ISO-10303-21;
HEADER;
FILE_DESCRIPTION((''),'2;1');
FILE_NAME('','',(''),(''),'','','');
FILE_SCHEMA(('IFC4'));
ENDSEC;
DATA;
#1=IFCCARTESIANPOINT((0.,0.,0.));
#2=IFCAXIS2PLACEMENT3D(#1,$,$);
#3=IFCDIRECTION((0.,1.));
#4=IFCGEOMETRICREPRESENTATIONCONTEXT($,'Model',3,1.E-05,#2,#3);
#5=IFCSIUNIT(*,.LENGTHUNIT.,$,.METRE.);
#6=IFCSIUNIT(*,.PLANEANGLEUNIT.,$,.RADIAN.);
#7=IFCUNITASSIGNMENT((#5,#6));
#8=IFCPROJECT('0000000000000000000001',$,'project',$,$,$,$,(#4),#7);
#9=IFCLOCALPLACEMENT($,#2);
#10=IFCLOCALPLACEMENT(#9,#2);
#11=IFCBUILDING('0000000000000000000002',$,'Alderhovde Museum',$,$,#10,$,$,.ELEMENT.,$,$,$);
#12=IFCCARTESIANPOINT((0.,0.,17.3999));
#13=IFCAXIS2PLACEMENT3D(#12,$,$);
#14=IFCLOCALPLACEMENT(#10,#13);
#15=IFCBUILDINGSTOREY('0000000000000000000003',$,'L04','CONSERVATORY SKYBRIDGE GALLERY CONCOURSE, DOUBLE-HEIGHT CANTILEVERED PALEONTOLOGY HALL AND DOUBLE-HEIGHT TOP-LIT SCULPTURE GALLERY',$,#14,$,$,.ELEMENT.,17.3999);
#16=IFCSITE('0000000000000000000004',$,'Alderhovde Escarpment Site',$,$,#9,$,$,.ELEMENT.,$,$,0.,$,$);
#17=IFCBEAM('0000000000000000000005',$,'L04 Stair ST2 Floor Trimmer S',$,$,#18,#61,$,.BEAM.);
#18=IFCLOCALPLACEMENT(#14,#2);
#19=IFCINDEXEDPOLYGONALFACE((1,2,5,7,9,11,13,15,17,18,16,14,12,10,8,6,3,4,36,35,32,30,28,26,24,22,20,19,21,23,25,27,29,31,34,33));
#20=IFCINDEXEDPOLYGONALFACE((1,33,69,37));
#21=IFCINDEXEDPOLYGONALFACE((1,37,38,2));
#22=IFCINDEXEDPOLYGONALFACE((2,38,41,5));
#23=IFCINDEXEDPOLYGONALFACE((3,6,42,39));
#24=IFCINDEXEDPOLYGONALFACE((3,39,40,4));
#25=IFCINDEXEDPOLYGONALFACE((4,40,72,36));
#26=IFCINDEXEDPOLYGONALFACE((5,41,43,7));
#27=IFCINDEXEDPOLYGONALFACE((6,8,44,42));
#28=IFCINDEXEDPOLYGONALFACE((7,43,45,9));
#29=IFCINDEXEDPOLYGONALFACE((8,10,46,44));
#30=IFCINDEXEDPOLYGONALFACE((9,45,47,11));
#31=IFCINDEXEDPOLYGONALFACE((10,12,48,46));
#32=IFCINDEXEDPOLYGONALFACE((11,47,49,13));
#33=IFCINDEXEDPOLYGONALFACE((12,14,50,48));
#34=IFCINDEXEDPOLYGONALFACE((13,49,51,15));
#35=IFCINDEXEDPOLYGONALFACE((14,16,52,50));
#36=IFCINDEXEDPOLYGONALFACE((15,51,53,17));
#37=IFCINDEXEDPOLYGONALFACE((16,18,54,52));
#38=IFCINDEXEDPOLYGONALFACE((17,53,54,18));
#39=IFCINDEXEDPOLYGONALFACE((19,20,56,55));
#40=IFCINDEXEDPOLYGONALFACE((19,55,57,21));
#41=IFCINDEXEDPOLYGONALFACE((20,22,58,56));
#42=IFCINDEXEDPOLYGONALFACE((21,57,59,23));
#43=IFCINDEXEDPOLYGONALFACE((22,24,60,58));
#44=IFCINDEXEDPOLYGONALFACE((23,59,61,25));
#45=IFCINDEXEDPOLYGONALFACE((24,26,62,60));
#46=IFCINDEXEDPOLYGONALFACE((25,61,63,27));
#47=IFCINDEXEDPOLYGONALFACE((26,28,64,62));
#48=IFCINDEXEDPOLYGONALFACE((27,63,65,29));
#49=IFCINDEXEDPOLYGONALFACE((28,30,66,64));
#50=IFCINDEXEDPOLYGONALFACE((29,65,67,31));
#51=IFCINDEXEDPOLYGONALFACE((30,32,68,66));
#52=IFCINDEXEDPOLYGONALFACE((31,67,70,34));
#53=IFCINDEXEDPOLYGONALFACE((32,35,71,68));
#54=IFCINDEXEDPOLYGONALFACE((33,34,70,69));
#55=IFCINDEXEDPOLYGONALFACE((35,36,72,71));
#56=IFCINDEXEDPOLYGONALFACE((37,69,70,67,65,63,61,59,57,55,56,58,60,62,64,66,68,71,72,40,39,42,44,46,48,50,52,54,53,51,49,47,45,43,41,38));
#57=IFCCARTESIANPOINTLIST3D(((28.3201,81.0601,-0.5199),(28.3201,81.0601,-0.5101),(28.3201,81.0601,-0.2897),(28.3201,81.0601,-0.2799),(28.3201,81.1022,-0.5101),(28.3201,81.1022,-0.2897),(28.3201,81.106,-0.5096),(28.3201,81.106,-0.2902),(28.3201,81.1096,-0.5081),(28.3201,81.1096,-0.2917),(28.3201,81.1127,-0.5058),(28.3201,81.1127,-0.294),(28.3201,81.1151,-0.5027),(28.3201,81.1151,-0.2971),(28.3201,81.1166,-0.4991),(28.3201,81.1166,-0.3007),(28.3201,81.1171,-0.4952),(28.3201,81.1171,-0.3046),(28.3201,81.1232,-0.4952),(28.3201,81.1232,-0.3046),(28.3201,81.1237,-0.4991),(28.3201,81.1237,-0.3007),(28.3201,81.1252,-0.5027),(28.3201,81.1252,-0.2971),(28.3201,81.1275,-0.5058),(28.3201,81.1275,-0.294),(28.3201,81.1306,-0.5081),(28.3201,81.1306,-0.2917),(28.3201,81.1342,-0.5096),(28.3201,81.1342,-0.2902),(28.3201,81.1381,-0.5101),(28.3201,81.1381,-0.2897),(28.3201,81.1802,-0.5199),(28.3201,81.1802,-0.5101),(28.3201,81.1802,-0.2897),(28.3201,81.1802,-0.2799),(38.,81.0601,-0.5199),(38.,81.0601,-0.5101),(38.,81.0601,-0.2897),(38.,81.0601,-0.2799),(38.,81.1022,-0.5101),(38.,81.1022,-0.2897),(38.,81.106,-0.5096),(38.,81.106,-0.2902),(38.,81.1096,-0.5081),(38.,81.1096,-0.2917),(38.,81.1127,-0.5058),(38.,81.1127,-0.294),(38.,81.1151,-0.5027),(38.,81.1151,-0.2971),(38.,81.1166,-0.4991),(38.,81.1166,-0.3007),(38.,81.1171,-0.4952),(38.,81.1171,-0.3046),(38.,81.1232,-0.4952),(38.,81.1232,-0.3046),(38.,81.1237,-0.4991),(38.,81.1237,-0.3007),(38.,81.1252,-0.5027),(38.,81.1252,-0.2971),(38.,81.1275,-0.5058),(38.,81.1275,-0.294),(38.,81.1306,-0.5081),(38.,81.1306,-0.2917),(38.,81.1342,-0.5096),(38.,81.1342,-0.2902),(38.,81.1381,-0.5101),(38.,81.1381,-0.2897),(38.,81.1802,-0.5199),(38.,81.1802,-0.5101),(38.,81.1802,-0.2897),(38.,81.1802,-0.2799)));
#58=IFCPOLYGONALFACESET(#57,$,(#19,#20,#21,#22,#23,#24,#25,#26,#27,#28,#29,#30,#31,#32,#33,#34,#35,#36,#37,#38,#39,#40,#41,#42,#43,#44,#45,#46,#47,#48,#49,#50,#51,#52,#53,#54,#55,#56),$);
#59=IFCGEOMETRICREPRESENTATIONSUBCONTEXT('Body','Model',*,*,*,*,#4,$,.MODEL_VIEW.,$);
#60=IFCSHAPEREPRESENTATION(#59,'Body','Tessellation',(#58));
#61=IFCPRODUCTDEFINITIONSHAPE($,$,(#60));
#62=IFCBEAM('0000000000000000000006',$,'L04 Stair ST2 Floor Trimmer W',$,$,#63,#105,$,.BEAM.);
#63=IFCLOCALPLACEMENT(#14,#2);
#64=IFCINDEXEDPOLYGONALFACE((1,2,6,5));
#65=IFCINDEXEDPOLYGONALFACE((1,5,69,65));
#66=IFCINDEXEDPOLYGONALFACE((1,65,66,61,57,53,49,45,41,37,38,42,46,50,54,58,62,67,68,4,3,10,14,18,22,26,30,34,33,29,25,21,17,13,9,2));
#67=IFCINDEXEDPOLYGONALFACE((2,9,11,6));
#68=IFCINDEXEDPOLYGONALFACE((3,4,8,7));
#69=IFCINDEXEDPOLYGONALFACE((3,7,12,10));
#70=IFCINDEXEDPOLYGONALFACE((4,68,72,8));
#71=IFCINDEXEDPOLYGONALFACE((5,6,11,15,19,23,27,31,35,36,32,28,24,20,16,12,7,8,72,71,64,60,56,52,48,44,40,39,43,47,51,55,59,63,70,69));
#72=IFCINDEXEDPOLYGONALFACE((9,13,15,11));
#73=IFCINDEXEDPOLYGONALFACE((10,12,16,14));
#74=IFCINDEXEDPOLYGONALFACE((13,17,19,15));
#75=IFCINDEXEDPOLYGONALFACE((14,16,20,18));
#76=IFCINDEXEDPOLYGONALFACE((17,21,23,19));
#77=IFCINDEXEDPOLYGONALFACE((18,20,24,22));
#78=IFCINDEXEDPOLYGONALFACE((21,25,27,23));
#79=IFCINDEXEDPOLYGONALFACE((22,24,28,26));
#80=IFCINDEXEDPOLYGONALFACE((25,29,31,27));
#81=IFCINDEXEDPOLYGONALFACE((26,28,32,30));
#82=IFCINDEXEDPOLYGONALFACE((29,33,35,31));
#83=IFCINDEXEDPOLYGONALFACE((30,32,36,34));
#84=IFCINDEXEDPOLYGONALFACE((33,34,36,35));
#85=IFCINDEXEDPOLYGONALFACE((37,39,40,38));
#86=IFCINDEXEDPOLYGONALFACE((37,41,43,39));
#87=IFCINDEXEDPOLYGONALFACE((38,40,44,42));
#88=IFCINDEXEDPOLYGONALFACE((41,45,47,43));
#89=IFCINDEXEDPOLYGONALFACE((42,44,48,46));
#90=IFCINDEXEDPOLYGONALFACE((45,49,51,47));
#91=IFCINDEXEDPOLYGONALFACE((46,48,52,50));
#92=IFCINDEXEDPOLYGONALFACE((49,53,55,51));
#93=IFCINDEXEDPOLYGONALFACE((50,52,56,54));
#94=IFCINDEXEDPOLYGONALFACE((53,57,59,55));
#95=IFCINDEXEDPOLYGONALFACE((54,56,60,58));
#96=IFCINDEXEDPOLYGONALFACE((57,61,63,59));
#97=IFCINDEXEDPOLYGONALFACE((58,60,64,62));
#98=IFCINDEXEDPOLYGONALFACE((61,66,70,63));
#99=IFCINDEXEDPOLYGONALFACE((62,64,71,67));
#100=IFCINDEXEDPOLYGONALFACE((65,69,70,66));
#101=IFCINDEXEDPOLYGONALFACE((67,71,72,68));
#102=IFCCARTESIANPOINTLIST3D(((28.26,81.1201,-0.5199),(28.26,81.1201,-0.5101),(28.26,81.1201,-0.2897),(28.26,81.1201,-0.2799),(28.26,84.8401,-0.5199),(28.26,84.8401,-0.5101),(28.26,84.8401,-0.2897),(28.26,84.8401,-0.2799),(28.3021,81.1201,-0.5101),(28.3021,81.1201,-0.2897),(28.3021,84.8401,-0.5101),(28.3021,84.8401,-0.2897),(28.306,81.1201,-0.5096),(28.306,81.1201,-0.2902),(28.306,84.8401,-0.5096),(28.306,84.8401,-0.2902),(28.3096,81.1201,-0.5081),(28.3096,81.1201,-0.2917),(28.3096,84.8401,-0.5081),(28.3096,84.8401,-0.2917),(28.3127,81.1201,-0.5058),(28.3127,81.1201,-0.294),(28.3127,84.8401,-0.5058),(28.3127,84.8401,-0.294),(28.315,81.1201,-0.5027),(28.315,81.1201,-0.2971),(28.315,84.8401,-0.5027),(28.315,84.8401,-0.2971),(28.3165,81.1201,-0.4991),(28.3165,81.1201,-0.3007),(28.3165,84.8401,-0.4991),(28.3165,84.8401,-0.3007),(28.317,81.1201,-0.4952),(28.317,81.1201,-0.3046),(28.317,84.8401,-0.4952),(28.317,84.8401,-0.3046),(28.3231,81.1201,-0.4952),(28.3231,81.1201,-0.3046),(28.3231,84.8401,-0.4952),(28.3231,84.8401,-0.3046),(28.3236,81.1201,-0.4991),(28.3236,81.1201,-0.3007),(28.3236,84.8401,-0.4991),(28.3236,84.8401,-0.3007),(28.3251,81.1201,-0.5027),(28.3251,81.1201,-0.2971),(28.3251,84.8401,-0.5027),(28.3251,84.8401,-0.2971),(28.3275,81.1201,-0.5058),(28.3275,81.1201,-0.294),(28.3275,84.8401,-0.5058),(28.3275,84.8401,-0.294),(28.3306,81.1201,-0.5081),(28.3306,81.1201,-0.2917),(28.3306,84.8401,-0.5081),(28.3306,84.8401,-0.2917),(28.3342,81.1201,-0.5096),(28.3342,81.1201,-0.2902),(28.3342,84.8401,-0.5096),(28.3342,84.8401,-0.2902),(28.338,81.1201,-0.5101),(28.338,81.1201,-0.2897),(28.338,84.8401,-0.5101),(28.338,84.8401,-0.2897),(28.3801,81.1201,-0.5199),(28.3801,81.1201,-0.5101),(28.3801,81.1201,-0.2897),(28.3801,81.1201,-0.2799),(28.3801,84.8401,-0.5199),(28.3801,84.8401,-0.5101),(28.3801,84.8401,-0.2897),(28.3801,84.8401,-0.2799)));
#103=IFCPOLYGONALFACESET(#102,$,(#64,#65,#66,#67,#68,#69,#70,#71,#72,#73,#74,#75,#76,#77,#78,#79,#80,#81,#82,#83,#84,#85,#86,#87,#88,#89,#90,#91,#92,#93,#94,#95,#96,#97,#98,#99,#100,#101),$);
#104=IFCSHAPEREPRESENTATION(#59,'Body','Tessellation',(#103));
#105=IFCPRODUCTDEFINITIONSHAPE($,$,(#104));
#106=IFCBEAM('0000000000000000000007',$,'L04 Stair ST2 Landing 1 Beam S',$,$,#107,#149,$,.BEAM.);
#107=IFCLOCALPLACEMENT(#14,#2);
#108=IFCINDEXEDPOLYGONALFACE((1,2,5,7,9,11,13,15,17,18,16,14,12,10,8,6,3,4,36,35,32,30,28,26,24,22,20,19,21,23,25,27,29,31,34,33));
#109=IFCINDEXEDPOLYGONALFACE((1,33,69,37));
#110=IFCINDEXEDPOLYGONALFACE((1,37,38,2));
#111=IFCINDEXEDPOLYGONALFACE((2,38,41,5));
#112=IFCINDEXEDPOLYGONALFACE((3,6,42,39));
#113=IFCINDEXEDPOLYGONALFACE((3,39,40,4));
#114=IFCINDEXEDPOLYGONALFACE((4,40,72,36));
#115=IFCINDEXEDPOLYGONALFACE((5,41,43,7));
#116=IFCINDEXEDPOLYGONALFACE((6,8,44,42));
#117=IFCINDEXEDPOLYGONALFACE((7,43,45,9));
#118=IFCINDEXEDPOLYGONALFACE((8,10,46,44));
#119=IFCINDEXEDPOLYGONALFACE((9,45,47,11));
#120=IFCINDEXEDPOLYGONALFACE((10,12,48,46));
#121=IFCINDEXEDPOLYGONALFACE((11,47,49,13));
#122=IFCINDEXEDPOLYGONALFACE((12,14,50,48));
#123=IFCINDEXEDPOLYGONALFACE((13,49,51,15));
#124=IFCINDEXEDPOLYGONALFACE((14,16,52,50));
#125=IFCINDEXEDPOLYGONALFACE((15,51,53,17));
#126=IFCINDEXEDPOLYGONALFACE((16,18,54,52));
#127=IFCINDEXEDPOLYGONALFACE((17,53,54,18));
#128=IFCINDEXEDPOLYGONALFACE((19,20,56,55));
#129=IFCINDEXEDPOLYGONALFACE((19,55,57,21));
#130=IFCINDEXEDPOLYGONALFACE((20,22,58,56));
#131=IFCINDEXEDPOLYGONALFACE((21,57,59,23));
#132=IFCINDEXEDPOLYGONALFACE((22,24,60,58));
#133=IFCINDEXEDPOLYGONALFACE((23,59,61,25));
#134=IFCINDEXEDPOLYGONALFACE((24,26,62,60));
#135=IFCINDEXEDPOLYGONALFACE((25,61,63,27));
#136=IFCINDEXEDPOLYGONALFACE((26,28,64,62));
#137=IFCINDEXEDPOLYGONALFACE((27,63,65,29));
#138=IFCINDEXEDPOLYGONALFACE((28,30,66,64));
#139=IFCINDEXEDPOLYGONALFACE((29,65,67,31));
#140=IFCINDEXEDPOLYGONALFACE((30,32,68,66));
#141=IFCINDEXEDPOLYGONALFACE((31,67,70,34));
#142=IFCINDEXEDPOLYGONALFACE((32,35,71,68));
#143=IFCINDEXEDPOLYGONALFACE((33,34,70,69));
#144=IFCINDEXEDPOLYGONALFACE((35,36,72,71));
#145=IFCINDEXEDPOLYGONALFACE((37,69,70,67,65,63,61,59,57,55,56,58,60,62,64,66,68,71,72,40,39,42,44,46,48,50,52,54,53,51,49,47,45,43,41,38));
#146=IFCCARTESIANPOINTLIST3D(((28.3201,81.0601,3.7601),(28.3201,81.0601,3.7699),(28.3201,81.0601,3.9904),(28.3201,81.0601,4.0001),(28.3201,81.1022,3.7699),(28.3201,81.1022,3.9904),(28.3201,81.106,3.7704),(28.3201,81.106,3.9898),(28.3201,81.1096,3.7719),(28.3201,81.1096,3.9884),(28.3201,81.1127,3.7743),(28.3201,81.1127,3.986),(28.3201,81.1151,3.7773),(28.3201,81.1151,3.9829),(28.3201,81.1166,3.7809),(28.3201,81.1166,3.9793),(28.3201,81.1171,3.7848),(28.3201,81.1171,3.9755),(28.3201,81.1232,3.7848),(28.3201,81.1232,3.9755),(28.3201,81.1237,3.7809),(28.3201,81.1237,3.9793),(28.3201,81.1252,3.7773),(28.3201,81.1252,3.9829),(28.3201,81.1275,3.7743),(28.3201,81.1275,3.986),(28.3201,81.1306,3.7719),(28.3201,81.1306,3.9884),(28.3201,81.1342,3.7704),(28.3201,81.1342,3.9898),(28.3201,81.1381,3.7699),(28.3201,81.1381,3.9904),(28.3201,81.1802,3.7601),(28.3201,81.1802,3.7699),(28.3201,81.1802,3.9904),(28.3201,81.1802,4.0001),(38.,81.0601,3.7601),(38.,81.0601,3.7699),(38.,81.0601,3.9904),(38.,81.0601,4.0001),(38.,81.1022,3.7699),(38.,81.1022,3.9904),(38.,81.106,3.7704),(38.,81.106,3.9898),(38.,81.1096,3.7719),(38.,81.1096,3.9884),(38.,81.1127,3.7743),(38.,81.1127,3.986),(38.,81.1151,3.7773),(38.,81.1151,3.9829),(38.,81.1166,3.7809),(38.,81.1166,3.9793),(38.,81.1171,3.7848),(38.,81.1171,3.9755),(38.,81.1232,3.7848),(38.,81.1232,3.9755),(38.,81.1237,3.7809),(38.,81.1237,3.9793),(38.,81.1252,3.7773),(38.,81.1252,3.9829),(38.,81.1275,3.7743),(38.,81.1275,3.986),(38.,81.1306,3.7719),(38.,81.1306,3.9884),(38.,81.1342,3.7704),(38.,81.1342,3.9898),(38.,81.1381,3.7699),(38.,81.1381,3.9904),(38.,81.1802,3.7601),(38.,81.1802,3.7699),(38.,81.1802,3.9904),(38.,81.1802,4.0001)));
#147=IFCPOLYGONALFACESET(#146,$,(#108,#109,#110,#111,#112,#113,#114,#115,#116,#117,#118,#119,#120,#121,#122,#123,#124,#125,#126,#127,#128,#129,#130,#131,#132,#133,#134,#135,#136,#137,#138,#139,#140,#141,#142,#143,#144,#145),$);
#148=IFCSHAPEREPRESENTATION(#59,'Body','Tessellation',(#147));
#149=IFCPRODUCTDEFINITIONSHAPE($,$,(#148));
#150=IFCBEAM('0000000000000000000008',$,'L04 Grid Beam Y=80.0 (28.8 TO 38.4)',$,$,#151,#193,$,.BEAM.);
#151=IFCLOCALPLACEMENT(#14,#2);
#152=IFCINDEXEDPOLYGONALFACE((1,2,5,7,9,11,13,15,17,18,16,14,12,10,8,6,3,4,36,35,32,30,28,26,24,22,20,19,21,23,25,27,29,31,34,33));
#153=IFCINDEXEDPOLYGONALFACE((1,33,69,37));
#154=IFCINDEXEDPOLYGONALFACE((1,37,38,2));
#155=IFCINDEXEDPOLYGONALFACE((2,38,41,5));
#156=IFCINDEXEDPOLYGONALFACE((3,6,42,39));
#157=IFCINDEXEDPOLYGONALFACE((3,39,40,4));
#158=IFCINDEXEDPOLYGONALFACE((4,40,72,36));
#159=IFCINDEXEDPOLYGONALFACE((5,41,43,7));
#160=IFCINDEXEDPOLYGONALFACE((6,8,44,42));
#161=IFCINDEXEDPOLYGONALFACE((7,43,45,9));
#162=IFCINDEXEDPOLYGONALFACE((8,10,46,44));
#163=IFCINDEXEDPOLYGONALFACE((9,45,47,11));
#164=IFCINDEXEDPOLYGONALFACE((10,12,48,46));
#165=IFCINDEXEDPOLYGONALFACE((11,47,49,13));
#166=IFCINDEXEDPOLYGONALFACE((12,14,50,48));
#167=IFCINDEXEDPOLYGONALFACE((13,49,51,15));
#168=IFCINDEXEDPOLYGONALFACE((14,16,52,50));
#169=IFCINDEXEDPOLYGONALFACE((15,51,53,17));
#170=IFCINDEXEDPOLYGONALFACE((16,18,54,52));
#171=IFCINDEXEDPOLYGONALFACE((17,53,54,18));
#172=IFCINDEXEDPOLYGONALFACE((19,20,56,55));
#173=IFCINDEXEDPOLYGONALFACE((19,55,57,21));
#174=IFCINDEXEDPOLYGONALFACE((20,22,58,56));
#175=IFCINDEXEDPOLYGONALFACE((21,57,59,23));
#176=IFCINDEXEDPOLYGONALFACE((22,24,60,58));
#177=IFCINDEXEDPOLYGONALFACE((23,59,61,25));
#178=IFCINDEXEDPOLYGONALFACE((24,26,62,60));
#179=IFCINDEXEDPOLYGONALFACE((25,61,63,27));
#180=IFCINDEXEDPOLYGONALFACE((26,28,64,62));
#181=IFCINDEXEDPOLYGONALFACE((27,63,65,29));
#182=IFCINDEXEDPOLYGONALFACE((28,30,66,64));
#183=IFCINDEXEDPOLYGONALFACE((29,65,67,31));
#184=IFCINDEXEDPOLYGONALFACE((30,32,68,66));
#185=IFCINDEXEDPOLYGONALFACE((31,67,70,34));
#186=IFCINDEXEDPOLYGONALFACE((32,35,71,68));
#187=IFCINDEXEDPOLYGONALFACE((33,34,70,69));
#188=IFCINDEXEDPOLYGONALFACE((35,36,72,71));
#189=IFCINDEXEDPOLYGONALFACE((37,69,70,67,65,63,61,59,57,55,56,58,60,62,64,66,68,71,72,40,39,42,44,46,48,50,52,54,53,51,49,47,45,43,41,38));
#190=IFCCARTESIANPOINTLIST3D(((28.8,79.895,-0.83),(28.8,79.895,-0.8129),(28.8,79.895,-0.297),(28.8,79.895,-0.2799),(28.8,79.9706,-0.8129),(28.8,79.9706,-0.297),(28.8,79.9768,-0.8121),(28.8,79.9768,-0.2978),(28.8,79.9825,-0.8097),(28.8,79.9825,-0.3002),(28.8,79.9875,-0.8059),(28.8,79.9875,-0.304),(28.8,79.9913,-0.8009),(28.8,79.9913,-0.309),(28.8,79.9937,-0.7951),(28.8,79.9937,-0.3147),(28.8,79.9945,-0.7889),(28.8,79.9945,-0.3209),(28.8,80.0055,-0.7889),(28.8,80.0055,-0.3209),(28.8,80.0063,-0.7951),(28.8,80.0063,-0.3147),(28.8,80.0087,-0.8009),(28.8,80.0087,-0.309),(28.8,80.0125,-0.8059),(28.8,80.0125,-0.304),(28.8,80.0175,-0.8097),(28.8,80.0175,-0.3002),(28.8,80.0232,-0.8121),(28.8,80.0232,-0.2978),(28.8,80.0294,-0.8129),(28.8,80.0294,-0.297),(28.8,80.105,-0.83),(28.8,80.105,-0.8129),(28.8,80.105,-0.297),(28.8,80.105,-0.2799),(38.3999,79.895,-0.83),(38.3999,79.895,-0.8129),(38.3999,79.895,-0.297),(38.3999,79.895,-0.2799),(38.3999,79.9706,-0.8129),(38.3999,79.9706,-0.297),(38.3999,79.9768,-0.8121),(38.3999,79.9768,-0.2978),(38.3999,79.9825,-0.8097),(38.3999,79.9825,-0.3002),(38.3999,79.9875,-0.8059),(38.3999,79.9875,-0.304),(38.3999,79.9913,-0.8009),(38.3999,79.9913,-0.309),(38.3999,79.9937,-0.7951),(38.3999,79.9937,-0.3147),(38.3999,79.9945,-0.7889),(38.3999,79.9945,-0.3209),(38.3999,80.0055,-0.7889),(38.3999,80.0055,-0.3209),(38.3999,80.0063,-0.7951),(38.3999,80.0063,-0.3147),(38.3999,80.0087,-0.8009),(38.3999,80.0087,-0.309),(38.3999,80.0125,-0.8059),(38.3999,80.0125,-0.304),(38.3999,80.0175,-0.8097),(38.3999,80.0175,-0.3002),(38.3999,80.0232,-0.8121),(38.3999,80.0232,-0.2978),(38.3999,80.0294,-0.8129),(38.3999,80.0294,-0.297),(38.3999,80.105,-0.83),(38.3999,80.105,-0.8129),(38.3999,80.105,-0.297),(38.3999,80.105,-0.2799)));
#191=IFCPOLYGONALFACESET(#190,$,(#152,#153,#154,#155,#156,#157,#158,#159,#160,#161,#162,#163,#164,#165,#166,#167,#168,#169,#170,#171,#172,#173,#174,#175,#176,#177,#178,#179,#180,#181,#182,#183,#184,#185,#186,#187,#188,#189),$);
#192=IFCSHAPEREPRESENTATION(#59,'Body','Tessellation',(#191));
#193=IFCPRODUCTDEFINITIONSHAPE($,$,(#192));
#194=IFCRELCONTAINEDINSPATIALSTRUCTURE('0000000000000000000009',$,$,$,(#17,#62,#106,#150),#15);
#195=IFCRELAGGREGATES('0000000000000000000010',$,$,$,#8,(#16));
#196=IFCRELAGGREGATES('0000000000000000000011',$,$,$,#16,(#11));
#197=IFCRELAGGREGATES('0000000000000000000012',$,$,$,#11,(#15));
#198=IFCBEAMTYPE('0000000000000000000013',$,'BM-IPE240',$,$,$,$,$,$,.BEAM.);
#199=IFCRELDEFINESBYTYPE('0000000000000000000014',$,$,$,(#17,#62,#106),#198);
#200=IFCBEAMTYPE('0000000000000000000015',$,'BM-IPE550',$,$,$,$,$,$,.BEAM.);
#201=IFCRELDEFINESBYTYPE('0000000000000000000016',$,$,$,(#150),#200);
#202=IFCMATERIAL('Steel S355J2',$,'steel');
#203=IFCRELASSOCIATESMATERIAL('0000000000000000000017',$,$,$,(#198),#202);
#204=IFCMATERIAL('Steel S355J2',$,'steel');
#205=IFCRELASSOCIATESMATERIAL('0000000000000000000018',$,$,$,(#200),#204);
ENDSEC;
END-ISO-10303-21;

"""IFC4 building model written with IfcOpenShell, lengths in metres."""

from ifc_helpers import new_model, si_unit, direction, frame, origin, origin_2d, place, context, subcontext, project, spatial, i_section, extrude, material, material_profile, profile_set, type_object, element, save


model = new_model("IFC4")

# Units and contexts
model_context = context("Model", 3, precision=1e-05, world=origin(), true_north=direction((0.0, 1.0)))
body_context = subcontext(model_context, "Body", "Model", "MODEL_VIEW")
ifc_project = project(units=[si_unit("LENGTHUNIT", "METRE"), si_unit("PLANEANGLEUNIT", "RADIAN")], contexts=[model_context])

# Site, building, storey
site_placement = place(None, origin())
site = spatial("IfcSite", under=ifc_project, at=site_placement, Name="Alderhovde Escarpment Site", CompositionType="ELEMENT", RefElevation=0.0)
building_placement = place(site_placement, origin())
building = spatial("IfcBuilding", under=site, at=building_placement, Name="Alderhovde Museum", CompositionType="ELEMENT")
storey_placement = place(building_placement, frame((0.0, 0.0, 17.3999)))
storey = spatial("IfcBuildingStorey", under=building, at=storey_placement, Name="L04", Description="CONSERVATORY SKYBRIDGE GALLERY CONCOURSE, DOUBLE-HEIGHT CANTILEVERED PALEONTOLOGY HALL AND DOUBLE-HEIGHT TOP-LIT SCULPTURE GALLERY", CompositionType="ELEMENT", Elevation=17.3999)

# Beams
ifc_material_1 = material(Name="Steel S355J2", Category="steel")
ifc_material_profile_1 = material_profile(ifc_material_1, i_section(OverallWidth=0.1201, OverallDepth=0.24, WebThickness=0.0061, FlangeThickness=0.0098, FilletRadius=0.0149, at=origin_2d()), Name="IPE 240")
ifc_profile_set_1 = profile_set([ifc_material_profile_1], Name="Steel S355J2")
beam_type_1 = type_object("IfcBeamType", Name="BM-IPE240", PredefinedType="BEAM", material=ifc_profile_set_1)
beam_1_placement = place(storey_placement, frame((28.3201, 81.1201, -0.3999), z_axis=(1.0, 0.0, 0.0), x_axis=(0.0, 1.0, 0.0)))
element("IfcBeam", 1, at=beam_1_placement, inside=storey, type_object=beam_type_1, Name="L04 Stair ST2 Floor Trimmer S", PredefinedType="BEAM", context=body_context, shape_type="SweptSolid", body=[
    extrude(i_section(OverallWidth=0.1201, OverallDepth=0.24, WebThickness=0.0061, FlangeThickness=0.0098, FilletRadius=0.0149, at=origin_2d()), origin(), (0.0, 0.0, 1.0), 9.6799),
])
beam_2_placement = place(storey_placement, frame((28.3201, 81.1201, -0.3999), z_axis=(0.0, 1.0, 0.0), x_axis=(-1.0, 0.0, 0.0)))
element("IfcBeam", 2, at=beam_2_placement, inside=storey, type_object=beam_type_1, Name="L04 Stair ST2 Floor Trimmer W", PredefinedType="BEAM", context=body_context, shape_type="SweptSolid", body=[
    extrude(i_section(OverallWidth=0.1201, OverallDepth=0.24, WebThickness=0.0061, FlangeThickness=0.0098, FilletRadius=0.0149, at=origin_2d()), origin(), (0.0, 0.0, 1.0), 3.72),
])
beam_3_placement = place(storey_placement, frame((28.3201, 81.1201, 3.8801), z_axis=(1.0, 0.0, 0.0), x_axis=(0.0, 1.0, 0.0)))
element("IfcBeam", 3, at=beam_3_placement, inside=storey, type_object=beam_type_1, Name="L04 Stair ST2 Landing 1 Beam S", PredefinedType="BEAM", context=body_context, shape_type="SweptSolid", body=[
    extrude(i_section(OverallWidth=0.1201, OverallDepth=0.24, WebThickness=0.0061, FlangeThickness=0.0098, FilletRadius=0.0149, at=origin_2d()), origin(), (0.0, 0.0, 1.0), 9.6799),
])
ifc_material_2 = material(Name="Steel S355J2", Category="steel")
ifc_material_profile_2 = material_profile(ifc_material_2, i_section(OverallWidth=0.21, OverallDepth=0.55, WebThickness=0.011, FlangeThickness=0.0171, FilletRadius=0.0239, at=origin_2d()), Name="IPE 550")
ifc_profile_set_2 = profile_set([ifc_material_profile_2], Name="Steel S355J2")
beam_type_2 = type_object("IfcBeamType", Name="BM-IPE550", PredefinedType="BEAM", material=ifc_profile_set_2)
beam_4_placement = place(storey_placement, frame((28.8, 80.0, -0.5549), z_axis=(1.0, 0.0, 0.0), x_axis=(0.0, 1.0, 0.0)))
element("IfcBeam", 4, at=beam_4_placement, inside=storey, type_object=beam_type_2, Name="L04 Grid Beam Y=80.0 (28.8 TO 38.4)", PredefinedType="BEAM", context=body_context, shape_type="SweptSolid", body=[
    extrude(i_section(OverallWidth=0.21, OverallDepth=0.55, WebThickness=0.011, FlangeThickness=0.0171, FilletRadius=0.0239, at=origin_2d()), origin(), (0.0, 0.0, 1.0), 9.5999),
])

save(model, "model.ifc")
